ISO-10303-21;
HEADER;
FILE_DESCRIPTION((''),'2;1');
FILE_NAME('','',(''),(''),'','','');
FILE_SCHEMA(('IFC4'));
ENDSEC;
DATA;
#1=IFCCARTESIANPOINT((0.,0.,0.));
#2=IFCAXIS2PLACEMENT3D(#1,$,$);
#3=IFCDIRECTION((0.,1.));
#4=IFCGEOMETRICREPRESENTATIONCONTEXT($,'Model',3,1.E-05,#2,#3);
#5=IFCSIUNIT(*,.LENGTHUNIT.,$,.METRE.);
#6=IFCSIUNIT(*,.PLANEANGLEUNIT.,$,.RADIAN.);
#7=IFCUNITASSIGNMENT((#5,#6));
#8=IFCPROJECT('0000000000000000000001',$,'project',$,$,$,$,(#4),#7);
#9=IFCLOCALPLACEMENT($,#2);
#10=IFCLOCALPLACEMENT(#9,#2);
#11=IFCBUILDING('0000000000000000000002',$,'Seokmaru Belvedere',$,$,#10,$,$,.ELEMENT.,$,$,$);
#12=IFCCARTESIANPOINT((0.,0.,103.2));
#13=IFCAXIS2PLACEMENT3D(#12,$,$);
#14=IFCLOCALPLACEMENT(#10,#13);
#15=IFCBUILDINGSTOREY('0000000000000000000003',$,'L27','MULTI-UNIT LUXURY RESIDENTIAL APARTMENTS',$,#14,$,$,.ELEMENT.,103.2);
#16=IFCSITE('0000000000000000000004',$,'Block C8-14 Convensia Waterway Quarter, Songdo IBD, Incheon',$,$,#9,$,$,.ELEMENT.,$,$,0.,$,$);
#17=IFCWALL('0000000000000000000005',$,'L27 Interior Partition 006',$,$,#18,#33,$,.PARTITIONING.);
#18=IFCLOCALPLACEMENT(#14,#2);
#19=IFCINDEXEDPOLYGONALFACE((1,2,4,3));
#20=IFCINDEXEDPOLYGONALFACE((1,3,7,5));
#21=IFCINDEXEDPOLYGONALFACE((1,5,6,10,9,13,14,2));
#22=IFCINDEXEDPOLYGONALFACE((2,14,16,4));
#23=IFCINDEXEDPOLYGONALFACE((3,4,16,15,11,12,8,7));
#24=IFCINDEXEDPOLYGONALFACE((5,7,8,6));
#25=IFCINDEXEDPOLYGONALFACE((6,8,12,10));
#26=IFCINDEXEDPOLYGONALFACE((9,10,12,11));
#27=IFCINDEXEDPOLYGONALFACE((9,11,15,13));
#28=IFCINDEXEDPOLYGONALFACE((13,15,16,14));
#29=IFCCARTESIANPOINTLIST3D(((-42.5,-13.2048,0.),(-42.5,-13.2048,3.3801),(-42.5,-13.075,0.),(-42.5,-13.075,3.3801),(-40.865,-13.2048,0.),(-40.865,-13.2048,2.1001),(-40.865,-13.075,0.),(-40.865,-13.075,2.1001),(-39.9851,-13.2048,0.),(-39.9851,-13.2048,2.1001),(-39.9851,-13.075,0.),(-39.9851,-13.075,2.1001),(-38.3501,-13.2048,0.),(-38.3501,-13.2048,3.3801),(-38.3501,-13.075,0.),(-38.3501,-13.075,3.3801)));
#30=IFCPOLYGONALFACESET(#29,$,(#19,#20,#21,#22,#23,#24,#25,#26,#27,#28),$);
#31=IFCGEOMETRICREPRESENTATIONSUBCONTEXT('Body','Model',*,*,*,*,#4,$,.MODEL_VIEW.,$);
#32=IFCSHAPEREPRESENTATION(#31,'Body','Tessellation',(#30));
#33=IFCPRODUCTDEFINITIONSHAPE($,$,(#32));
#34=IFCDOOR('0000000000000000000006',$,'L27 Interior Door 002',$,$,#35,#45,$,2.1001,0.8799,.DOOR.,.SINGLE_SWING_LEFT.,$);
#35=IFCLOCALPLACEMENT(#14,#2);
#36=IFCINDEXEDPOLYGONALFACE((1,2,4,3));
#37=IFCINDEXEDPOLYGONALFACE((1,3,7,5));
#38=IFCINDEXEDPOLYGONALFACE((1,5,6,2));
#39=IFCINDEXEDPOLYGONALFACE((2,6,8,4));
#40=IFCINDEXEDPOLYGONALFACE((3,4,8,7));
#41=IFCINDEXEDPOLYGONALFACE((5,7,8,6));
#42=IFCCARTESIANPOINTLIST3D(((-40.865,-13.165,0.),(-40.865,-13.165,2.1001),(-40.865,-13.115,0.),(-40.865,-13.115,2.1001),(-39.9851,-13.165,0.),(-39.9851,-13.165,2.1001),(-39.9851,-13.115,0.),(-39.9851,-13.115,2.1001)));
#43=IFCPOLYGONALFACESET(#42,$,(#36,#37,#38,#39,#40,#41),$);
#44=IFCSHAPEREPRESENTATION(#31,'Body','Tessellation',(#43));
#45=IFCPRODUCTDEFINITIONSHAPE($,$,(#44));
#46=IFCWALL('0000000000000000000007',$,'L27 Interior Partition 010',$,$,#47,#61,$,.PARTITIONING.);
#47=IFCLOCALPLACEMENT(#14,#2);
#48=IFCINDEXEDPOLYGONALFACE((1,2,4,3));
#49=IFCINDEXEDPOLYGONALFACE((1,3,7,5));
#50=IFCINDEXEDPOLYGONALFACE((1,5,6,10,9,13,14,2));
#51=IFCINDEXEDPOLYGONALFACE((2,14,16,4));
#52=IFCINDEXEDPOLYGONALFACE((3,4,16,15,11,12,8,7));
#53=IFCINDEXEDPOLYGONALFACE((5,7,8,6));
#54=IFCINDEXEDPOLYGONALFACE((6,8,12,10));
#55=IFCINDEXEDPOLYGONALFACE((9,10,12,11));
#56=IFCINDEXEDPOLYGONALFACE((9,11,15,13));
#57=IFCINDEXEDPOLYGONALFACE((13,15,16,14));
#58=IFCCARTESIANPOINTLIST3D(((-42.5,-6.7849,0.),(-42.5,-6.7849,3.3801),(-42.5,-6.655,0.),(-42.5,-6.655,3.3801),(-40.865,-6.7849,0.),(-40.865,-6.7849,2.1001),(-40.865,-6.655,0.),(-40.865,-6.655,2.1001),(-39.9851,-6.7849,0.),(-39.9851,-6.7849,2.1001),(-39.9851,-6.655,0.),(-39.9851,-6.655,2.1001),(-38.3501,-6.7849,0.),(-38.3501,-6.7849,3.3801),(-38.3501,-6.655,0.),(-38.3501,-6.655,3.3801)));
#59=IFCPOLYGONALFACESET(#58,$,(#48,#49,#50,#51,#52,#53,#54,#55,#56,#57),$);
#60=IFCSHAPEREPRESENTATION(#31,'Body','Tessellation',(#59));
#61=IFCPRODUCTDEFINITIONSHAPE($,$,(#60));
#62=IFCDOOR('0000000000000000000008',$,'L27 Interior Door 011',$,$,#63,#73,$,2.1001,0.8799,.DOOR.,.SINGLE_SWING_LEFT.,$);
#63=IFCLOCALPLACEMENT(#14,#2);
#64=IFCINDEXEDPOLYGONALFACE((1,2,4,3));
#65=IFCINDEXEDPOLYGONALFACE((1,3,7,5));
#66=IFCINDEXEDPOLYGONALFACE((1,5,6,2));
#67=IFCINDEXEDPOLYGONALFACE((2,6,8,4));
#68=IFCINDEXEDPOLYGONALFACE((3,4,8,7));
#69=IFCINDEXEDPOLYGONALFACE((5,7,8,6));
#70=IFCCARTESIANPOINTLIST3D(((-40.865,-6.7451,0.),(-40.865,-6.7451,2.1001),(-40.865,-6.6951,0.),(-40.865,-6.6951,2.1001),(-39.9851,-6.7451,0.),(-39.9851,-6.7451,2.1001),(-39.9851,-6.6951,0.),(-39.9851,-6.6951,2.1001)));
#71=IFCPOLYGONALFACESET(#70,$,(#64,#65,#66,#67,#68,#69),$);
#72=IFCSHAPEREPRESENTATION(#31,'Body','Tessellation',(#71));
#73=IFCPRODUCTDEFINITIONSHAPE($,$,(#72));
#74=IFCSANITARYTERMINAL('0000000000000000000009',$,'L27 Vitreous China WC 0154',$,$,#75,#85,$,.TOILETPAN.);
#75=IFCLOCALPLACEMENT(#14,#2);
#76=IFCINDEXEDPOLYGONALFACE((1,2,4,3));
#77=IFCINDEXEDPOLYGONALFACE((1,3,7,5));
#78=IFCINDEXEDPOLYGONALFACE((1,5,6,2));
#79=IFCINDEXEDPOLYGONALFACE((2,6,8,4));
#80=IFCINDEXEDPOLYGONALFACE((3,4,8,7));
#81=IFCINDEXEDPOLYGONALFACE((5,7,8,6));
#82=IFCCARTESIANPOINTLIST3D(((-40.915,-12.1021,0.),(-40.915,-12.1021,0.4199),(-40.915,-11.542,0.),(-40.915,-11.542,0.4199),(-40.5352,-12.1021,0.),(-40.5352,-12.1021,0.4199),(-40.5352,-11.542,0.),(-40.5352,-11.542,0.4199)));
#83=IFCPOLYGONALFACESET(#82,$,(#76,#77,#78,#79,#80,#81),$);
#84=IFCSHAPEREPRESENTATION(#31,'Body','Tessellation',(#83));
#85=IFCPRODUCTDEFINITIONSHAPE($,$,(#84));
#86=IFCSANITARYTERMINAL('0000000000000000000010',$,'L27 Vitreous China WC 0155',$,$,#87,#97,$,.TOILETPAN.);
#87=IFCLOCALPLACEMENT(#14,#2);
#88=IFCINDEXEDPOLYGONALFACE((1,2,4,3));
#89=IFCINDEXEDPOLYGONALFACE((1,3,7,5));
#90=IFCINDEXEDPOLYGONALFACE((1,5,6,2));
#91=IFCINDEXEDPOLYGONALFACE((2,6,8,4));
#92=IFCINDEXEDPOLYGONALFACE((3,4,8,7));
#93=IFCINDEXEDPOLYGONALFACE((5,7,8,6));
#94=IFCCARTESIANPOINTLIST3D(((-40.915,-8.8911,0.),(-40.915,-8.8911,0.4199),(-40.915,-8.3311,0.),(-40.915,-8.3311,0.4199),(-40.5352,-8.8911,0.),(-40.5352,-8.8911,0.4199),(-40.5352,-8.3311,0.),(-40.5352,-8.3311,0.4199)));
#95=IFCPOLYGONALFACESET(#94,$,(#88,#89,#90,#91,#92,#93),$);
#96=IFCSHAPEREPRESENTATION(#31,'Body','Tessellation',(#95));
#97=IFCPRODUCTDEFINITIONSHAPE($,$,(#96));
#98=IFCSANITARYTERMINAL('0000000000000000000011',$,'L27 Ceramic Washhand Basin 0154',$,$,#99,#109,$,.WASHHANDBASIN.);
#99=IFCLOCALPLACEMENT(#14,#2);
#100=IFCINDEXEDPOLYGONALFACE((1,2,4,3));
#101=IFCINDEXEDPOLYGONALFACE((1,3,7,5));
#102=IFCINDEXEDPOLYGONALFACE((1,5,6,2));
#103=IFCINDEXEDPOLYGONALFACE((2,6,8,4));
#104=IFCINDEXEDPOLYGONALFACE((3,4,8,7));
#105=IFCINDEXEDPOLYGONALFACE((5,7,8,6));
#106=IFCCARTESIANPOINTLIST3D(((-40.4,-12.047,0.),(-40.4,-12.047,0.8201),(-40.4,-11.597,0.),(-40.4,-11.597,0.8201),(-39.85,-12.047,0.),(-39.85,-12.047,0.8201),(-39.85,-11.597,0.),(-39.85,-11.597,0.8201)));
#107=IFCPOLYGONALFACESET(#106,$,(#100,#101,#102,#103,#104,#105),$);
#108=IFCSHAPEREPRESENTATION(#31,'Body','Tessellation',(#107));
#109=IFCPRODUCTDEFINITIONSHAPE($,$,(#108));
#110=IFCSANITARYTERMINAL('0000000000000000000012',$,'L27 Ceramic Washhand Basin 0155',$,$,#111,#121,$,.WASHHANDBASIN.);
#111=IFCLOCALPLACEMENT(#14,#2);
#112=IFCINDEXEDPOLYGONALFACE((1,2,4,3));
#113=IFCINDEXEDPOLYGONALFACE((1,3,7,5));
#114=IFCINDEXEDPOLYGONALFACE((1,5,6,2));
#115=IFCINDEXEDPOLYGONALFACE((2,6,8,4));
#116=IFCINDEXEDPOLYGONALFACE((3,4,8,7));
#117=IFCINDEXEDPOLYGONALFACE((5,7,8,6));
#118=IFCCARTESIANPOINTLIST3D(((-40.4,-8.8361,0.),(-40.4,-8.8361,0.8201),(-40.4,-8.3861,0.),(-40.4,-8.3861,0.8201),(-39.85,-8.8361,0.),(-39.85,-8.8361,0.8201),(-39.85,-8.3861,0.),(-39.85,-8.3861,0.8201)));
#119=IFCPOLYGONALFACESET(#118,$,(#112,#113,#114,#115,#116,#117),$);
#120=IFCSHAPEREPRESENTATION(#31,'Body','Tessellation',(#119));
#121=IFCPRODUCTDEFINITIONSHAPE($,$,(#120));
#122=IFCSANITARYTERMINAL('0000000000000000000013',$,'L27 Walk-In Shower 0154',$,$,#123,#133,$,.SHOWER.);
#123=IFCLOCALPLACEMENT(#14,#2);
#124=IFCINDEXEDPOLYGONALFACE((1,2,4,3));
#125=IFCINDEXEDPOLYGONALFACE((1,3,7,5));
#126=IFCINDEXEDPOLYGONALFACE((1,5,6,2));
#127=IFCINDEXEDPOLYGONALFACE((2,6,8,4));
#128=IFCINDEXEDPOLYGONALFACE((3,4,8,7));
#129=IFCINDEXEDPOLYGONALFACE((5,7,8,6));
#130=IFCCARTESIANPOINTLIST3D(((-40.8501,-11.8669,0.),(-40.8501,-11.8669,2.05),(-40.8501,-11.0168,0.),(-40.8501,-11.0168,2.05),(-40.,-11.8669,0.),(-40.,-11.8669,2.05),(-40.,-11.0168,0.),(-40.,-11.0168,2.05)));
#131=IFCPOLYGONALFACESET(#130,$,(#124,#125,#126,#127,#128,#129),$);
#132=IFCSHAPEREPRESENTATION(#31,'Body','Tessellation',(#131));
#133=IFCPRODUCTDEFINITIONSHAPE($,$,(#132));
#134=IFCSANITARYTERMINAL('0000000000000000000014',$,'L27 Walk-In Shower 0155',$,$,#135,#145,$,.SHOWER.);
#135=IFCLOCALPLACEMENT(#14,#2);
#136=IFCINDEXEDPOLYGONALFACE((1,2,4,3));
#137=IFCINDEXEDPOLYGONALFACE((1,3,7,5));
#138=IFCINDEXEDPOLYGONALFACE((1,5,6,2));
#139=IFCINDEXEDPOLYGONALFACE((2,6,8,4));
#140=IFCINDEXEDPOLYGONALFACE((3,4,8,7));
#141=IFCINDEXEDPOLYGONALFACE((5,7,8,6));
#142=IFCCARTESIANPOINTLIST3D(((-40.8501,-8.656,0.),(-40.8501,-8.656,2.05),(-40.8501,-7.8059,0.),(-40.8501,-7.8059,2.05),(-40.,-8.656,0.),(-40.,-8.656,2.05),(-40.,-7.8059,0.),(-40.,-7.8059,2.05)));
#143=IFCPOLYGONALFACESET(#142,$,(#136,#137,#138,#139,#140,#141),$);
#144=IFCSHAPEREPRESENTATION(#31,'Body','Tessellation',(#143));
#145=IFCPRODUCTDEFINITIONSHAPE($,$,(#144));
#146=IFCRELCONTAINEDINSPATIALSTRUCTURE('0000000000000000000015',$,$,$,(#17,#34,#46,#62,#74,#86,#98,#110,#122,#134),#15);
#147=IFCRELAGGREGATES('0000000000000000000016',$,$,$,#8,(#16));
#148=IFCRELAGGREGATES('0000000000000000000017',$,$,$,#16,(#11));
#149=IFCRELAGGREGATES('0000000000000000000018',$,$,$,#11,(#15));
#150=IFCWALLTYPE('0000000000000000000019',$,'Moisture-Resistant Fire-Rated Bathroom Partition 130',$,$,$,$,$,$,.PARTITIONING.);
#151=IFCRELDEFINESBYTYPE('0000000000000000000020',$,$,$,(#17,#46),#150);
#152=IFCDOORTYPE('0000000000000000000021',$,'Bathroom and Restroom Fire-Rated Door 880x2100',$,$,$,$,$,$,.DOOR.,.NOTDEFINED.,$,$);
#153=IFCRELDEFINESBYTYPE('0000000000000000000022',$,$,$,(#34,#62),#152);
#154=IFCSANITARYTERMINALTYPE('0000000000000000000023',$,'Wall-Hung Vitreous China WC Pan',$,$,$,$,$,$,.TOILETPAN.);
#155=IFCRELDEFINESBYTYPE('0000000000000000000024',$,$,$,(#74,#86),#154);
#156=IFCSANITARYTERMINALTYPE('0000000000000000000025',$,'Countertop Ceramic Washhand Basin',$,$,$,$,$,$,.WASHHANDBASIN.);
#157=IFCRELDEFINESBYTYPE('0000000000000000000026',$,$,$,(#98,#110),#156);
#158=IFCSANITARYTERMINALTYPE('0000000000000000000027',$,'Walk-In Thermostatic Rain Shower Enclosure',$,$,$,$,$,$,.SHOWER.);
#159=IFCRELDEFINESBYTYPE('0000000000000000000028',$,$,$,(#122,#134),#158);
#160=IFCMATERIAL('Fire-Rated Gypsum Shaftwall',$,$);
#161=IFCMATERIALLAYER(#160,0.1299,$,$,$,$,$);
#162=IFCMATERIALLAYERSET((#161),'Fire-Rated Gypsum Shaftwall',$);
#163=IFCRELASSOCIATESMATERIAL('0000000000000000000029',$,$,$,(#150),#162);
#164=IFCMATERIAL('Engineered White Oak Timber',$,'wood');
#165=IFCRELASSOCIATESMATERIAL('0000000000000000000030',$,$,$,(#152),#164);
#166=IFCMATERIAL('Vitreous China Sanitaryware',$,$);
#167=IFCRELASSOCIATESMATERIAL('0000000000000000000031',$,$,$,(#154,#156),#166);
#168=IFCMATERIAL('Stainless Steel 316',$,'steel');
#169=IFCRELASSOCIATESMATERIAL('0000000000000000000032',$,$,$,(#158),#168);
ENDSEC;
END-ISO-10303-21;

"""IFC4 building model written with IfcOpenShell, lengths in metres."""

from ifc_helpers import new_model, si_unit, direction, frame, frame_2d, origin, origin_2d, place, context, subcontext, project, spatial, rectangle, extrude, source, transform, mapped, material, layer, layer_set, type_object, type_shapes, element, fill, save


model = new_model("IFC4")

# Units and contexts
model_context = context("Model", 3, precision=1e-05, world=origin(), true_north=direction((0.0, 1.0)))
body_context = subcontext(model_context, "Body", "Model", "MODEL_VIEW")
ifc_project = project(units=[si_unit("LENGTHUNIT", "METRE"), si_unit("PLANEANGLEUNIT", "RADIAN")], contexts=[model_context])

# Site, building, storey
site_placement = place(None, origin())
site = spatial("IfcSite", under=ifc_project, at=site_placement, Name="Block C8-14 Convensia Waterway Quarter, Songdo IBD, Incheon", CompositionType="ELEMENT", RefElevation=0.0)
building_placement = place(site_placement, origin())
building = spatial("IfcBuilding", under=site, at=building_placement, Name="Seokmaru Belvedere", CompositionType="ELEMENT")
storey_placement = place(building_placement, frame((0.0, 0.0, 103.2)))
storey = spatial("IfcBuildingStorey", under=building, at=storey_placement, Name="L27", Description="MULTI-UNIT LUXURY RESIDENTIAL APARTMENTS", CompositionType="ELEMENT", Elevation=103.2)

# Walls, openings, doors
ifc_material_1 = material(Name="Fire-Rated Gypsum Shaftwall")
ifc_layer = layer(ifc_material_1, 0.1299)
ifc_layer_set = layer_set([ifc_layer], Name="Fire-Rated Gypsum Shaftwall")
wall_type = type_object("IfcWallType", Name="Moisture-Resistant Fire-Rated Bathroom Partition 130", PredefinedType="PARTITIONING", material=ifc_layer_set)
wall_1_placement = place(storey_placement, frame((-42.5, -13.1399, 0.0), z_axis=(0.0, 0.0, 1.0), x_axis=(1.0, 0.0, 0.0)))
wall_1 = element("IfcWall", 1, at=wall_1_placement, inside=storey, type_object=wall_type, Name="L27 Interior Partition 006", PredefinedType="PARTITIONING", context=body_context, shape_type="SweptSolid", body=[
    extrude(rectangle(XDim=4.1499, YDim=0.1299, at=frame_2d((2.075, 0.0))), origin(), (0.0, 0.0, 1.0), 3.3801),
])
opening_1_placement = place(wall_1_placement, frame((1.635, 0.0, 0.0)))
opening_1 = element("IfcOpeningElement", 2, at=opening_1_placement, cuts=wall_1, PredefinedType="OPENING", context=body_context, shape_type="SweptSolid", body=[
    extrude(rectangle(XDim=0.8799, YDim=2.1001, at=frame_2d((0.4399, 1.05))), frame((0.0, 0.075, 0.0), z_axis=(0.0, -1.0, 0.0), x_axis=(1.0, 0.0, 0.0)), (0.0, 0.0, 1.0), 0.1499),
])
ifc_material_2 = material(Name="Engineered White Oak Timber", Category="wood")
door_type = type_object("IfcDoorType", Name="Bathroom and Restroom Fire-Rated Door 880x2100", OperationType="NOTDEFINED", PredefinedType="DOOR", material=ifc_material_2)
shared_shape_1 = source(origin(), body_context, "Body", "SweptSolid", [
    extrude(rectangle(XDim=0.8799, YDim=2.1001, at=frame_2d((0.4399, 1.05))), frame((0.0, 0.0249, 0.0), z_axis=(0.0, -1.0, 0.0), x_axis=(1.0, 0.0, 0.0)), (0.0, 0.0, 1.0), 0.05),
])
type_shapes(door_type, [shared_shape_1])
door_1_placement = place(opening_1_placement, origin())
door_1 = element("IfcDoor", 3, at=door_1_placement, inside=storey, type_object=door_type, Name="L27 Interior Door 002", OperationType="SINGLE_SWING_LEFT", OverallHeight=2.1001, OverallWidth=0.8799, PredefinedType="DOOR", context=body_context, shape_type="MappedRepresentation", body=[
    mapped(shared_shape_1, transform((0.0, 0.0, 0.0), scale=1.0)),
])
fill(opening_1, door_1)
wall_2_placement = place(storey_placement, frame((-42.5, -6.72, 0.0), z_axis=(0.0, 0.0, 1.0), x_axis=(1.0, 0.0, 0.0)))
wall_2 = element("IfcWall", 4, at=wall_2_placement, inside=storey, type_object=wall_type, Name="L27 Interior Partition 010", PredefinedType="PARTITIONING", context=body_context, shape_type="SweptSolid", body=[
    extrude(rectangle(XDim=4.1499, YDim=0.1299, at=frame_2d((2.075, 0.0))), origin(), (0.0, 0.0, 1.0), 3.3801),
])
opening_2_placement = place(wall_2_placement, frame((1.635, 0.0, 0.0)))
opening_2 = element("IfcOpeningElement", 5, at=opening_2_placement, cuts=wall_2, PredefinedType="OPENING", context=body_context, shape_type="SweptSolid", body=[
    extrude(rectangle(XDim=0.8799, YDim=2.1001, at=frame_2d((0.4399, 1.05))), frame((0.0, 0.075, 0.0), z_axis=(0.0, -1.0, 0.0), x_axis=(1.0, 0.0, 0.0)), (0.0, 0.0, 1.0), 0.1499),
])
door_2_placement = place(opening_2_placement, origin())
door_2 = element("IfcDoor", 6, at=door_2_placement, inside=storey, type_object=door_type, Name="L27 Interior Door 011", OperationType="SINGLE_SWING_LEFT", OverallHeight=2.1001, OverallWidth=0.8799, PredefinedType="DOOR", context=body_context, shape_type="MappedRepresentation", body=[
    mapped(shared_shape_1, transform((0.0, 0.0, 0.0), scale=1.0)),
])
fill(opening_2, door_2)

# Sanitary terminals
ifc_material_3 = material(Name="Vitreous China Sanitaryware")
sanitary_terminal_type_1 = type_object("IfcSanitaryTerminalType", Name="Wall-Hung Vitreous China WC Pan", PredefinedType="TOILETPAN", material=ifc_material_3)
shared_shape_2 = source(origin(), body_context, "Body", "SweptSolid", [
    extrude(rectangle(XDim=0.3799, YDim=0.5601, at=origin_2d()), origin(), (0.0, 0.0, 1.0), 0.4199),
])
type_shapes(sanitary_terminal_type_1, [shared_shape_2])
for number, where, z_axis, x_axis, name in (
    (7, (-40.7251, -11.822, 0.0), (0.0, 0.0, 1.0), (1.0, 0.0, 0.0), "L27 Vitreous China WC 0154"),
    (8, (-40.7251, -8.6111, 0.0), (0.0, 0.0, 1.0), (1.0, 0.0, 0.0), "L27 Vitreous China WC 0155"),
):
    element("IfcSanitaryTerminal", number, at=place(storey_placement, frame(where, z_axis=z_axis, x_axis=x_axis)), inside=storey, type_object=sanitary_terminal_type_1, Name=name, PredefinedType="TOILETPAN", context=body_context, shape_type="MappedRepresentation", body=[
        mapped(shared_shape_2, transform((0.0, 0.0, 0.0), scale=1.0)),
    ])
sanitary_terminal_type_2 = type_object("IfcSanitaryTerminalType", Name="Countertop Ceramic Washhand Basin", PredefinedType="WASHHANDBASIN", material=ifc_material_3)
shared_shape_3 = source(origin(), body_context, "Body", "SweptSolid", [
    extrude(rectangle(XDim=0.55, YDim=0.45, at=origin_2d()), origin(), (0.0, 0.0, 1.0), 0.8201),
])
type_shapes(sanitary_terminal_type_2, [shared_shape_3])
for number, where, z_axis, x_axis, name in (
    (9, (-40.125, -11.822, 0.0), (0.0, 0.0, 1.0), (1.0, 0.0, 0.0), "L27 Ceramic Washhand Basin 0154"),
    (10, (-40.125, -8.6111, 0.0), (0.0, 0.0, 1.0), (1.0, 0.0, 0.0), "L27 Ceramic Washhand Basin 0155"),
):
    element("IfcSanitaryTerminal", number, at=place(storey_placement, frame(where, z_axis=z_axis, x_axis=x_axis)), inside=storey, type_object=sanitary_terminal_type_2, Name=name, PredefinedType="WASHHANDBASIN", context=body_context, shape_type="MappedRepresentation", body=[
        mapped(shared_shape_3, transform((0.0, 0.0, 0.0), scale=1.0)),
    ])
ifc_material_4 = material(Name="Stainless Steel 316", Category="steel")
sanitary_terminal_type_3 = type_object("IfcSanitaryTerminalType", Name="Walk-In Thermostatic Rain Shower Enclosure", PredefinedType="SHOWER", material=ifc_material_4)
shared_shape_4 = source(origin(), body_context, "Body", "SweptSolid", [
    extrude(rectangle(XDim=0.8501, YDim=0.8501, at=origin_2d()), origin(), (0.0, 0.0, 1.0), 2.05),
])
type_shapes(sanitary_terminal_type_3, [shared_shape_4])
for number, where, z_axis, x_axis, name in (
    (11, (-40.425, -11.4419, 0.0), (0.0, 0.0, 1.0), (1.0, 0.0, 0.0), "L27 Walk-In Shower 0154"),
    (12, (-40.425, -8.231, 0.0), (0.0, 0.0, 1.0), (1.0, 0.0, 0.0), "L27 Walk-In Shower 0155"),
):
    element("IfcSanitaryTerminal", number, at=place(storey_placement, frame(where, z_axis=z_axis, x_axis=x_axis)), inside=storey, type_object=sanitary_terminal_type_3, Name=name, PredefinedType="SHOWER", context=body_context, shape_type="MappedRepresentation", body=[
        mapped(shared_shape_4, transform((0.0, 0.0, 0.0), scale=1.0)),
    ])

save(model, "model.ifc")
